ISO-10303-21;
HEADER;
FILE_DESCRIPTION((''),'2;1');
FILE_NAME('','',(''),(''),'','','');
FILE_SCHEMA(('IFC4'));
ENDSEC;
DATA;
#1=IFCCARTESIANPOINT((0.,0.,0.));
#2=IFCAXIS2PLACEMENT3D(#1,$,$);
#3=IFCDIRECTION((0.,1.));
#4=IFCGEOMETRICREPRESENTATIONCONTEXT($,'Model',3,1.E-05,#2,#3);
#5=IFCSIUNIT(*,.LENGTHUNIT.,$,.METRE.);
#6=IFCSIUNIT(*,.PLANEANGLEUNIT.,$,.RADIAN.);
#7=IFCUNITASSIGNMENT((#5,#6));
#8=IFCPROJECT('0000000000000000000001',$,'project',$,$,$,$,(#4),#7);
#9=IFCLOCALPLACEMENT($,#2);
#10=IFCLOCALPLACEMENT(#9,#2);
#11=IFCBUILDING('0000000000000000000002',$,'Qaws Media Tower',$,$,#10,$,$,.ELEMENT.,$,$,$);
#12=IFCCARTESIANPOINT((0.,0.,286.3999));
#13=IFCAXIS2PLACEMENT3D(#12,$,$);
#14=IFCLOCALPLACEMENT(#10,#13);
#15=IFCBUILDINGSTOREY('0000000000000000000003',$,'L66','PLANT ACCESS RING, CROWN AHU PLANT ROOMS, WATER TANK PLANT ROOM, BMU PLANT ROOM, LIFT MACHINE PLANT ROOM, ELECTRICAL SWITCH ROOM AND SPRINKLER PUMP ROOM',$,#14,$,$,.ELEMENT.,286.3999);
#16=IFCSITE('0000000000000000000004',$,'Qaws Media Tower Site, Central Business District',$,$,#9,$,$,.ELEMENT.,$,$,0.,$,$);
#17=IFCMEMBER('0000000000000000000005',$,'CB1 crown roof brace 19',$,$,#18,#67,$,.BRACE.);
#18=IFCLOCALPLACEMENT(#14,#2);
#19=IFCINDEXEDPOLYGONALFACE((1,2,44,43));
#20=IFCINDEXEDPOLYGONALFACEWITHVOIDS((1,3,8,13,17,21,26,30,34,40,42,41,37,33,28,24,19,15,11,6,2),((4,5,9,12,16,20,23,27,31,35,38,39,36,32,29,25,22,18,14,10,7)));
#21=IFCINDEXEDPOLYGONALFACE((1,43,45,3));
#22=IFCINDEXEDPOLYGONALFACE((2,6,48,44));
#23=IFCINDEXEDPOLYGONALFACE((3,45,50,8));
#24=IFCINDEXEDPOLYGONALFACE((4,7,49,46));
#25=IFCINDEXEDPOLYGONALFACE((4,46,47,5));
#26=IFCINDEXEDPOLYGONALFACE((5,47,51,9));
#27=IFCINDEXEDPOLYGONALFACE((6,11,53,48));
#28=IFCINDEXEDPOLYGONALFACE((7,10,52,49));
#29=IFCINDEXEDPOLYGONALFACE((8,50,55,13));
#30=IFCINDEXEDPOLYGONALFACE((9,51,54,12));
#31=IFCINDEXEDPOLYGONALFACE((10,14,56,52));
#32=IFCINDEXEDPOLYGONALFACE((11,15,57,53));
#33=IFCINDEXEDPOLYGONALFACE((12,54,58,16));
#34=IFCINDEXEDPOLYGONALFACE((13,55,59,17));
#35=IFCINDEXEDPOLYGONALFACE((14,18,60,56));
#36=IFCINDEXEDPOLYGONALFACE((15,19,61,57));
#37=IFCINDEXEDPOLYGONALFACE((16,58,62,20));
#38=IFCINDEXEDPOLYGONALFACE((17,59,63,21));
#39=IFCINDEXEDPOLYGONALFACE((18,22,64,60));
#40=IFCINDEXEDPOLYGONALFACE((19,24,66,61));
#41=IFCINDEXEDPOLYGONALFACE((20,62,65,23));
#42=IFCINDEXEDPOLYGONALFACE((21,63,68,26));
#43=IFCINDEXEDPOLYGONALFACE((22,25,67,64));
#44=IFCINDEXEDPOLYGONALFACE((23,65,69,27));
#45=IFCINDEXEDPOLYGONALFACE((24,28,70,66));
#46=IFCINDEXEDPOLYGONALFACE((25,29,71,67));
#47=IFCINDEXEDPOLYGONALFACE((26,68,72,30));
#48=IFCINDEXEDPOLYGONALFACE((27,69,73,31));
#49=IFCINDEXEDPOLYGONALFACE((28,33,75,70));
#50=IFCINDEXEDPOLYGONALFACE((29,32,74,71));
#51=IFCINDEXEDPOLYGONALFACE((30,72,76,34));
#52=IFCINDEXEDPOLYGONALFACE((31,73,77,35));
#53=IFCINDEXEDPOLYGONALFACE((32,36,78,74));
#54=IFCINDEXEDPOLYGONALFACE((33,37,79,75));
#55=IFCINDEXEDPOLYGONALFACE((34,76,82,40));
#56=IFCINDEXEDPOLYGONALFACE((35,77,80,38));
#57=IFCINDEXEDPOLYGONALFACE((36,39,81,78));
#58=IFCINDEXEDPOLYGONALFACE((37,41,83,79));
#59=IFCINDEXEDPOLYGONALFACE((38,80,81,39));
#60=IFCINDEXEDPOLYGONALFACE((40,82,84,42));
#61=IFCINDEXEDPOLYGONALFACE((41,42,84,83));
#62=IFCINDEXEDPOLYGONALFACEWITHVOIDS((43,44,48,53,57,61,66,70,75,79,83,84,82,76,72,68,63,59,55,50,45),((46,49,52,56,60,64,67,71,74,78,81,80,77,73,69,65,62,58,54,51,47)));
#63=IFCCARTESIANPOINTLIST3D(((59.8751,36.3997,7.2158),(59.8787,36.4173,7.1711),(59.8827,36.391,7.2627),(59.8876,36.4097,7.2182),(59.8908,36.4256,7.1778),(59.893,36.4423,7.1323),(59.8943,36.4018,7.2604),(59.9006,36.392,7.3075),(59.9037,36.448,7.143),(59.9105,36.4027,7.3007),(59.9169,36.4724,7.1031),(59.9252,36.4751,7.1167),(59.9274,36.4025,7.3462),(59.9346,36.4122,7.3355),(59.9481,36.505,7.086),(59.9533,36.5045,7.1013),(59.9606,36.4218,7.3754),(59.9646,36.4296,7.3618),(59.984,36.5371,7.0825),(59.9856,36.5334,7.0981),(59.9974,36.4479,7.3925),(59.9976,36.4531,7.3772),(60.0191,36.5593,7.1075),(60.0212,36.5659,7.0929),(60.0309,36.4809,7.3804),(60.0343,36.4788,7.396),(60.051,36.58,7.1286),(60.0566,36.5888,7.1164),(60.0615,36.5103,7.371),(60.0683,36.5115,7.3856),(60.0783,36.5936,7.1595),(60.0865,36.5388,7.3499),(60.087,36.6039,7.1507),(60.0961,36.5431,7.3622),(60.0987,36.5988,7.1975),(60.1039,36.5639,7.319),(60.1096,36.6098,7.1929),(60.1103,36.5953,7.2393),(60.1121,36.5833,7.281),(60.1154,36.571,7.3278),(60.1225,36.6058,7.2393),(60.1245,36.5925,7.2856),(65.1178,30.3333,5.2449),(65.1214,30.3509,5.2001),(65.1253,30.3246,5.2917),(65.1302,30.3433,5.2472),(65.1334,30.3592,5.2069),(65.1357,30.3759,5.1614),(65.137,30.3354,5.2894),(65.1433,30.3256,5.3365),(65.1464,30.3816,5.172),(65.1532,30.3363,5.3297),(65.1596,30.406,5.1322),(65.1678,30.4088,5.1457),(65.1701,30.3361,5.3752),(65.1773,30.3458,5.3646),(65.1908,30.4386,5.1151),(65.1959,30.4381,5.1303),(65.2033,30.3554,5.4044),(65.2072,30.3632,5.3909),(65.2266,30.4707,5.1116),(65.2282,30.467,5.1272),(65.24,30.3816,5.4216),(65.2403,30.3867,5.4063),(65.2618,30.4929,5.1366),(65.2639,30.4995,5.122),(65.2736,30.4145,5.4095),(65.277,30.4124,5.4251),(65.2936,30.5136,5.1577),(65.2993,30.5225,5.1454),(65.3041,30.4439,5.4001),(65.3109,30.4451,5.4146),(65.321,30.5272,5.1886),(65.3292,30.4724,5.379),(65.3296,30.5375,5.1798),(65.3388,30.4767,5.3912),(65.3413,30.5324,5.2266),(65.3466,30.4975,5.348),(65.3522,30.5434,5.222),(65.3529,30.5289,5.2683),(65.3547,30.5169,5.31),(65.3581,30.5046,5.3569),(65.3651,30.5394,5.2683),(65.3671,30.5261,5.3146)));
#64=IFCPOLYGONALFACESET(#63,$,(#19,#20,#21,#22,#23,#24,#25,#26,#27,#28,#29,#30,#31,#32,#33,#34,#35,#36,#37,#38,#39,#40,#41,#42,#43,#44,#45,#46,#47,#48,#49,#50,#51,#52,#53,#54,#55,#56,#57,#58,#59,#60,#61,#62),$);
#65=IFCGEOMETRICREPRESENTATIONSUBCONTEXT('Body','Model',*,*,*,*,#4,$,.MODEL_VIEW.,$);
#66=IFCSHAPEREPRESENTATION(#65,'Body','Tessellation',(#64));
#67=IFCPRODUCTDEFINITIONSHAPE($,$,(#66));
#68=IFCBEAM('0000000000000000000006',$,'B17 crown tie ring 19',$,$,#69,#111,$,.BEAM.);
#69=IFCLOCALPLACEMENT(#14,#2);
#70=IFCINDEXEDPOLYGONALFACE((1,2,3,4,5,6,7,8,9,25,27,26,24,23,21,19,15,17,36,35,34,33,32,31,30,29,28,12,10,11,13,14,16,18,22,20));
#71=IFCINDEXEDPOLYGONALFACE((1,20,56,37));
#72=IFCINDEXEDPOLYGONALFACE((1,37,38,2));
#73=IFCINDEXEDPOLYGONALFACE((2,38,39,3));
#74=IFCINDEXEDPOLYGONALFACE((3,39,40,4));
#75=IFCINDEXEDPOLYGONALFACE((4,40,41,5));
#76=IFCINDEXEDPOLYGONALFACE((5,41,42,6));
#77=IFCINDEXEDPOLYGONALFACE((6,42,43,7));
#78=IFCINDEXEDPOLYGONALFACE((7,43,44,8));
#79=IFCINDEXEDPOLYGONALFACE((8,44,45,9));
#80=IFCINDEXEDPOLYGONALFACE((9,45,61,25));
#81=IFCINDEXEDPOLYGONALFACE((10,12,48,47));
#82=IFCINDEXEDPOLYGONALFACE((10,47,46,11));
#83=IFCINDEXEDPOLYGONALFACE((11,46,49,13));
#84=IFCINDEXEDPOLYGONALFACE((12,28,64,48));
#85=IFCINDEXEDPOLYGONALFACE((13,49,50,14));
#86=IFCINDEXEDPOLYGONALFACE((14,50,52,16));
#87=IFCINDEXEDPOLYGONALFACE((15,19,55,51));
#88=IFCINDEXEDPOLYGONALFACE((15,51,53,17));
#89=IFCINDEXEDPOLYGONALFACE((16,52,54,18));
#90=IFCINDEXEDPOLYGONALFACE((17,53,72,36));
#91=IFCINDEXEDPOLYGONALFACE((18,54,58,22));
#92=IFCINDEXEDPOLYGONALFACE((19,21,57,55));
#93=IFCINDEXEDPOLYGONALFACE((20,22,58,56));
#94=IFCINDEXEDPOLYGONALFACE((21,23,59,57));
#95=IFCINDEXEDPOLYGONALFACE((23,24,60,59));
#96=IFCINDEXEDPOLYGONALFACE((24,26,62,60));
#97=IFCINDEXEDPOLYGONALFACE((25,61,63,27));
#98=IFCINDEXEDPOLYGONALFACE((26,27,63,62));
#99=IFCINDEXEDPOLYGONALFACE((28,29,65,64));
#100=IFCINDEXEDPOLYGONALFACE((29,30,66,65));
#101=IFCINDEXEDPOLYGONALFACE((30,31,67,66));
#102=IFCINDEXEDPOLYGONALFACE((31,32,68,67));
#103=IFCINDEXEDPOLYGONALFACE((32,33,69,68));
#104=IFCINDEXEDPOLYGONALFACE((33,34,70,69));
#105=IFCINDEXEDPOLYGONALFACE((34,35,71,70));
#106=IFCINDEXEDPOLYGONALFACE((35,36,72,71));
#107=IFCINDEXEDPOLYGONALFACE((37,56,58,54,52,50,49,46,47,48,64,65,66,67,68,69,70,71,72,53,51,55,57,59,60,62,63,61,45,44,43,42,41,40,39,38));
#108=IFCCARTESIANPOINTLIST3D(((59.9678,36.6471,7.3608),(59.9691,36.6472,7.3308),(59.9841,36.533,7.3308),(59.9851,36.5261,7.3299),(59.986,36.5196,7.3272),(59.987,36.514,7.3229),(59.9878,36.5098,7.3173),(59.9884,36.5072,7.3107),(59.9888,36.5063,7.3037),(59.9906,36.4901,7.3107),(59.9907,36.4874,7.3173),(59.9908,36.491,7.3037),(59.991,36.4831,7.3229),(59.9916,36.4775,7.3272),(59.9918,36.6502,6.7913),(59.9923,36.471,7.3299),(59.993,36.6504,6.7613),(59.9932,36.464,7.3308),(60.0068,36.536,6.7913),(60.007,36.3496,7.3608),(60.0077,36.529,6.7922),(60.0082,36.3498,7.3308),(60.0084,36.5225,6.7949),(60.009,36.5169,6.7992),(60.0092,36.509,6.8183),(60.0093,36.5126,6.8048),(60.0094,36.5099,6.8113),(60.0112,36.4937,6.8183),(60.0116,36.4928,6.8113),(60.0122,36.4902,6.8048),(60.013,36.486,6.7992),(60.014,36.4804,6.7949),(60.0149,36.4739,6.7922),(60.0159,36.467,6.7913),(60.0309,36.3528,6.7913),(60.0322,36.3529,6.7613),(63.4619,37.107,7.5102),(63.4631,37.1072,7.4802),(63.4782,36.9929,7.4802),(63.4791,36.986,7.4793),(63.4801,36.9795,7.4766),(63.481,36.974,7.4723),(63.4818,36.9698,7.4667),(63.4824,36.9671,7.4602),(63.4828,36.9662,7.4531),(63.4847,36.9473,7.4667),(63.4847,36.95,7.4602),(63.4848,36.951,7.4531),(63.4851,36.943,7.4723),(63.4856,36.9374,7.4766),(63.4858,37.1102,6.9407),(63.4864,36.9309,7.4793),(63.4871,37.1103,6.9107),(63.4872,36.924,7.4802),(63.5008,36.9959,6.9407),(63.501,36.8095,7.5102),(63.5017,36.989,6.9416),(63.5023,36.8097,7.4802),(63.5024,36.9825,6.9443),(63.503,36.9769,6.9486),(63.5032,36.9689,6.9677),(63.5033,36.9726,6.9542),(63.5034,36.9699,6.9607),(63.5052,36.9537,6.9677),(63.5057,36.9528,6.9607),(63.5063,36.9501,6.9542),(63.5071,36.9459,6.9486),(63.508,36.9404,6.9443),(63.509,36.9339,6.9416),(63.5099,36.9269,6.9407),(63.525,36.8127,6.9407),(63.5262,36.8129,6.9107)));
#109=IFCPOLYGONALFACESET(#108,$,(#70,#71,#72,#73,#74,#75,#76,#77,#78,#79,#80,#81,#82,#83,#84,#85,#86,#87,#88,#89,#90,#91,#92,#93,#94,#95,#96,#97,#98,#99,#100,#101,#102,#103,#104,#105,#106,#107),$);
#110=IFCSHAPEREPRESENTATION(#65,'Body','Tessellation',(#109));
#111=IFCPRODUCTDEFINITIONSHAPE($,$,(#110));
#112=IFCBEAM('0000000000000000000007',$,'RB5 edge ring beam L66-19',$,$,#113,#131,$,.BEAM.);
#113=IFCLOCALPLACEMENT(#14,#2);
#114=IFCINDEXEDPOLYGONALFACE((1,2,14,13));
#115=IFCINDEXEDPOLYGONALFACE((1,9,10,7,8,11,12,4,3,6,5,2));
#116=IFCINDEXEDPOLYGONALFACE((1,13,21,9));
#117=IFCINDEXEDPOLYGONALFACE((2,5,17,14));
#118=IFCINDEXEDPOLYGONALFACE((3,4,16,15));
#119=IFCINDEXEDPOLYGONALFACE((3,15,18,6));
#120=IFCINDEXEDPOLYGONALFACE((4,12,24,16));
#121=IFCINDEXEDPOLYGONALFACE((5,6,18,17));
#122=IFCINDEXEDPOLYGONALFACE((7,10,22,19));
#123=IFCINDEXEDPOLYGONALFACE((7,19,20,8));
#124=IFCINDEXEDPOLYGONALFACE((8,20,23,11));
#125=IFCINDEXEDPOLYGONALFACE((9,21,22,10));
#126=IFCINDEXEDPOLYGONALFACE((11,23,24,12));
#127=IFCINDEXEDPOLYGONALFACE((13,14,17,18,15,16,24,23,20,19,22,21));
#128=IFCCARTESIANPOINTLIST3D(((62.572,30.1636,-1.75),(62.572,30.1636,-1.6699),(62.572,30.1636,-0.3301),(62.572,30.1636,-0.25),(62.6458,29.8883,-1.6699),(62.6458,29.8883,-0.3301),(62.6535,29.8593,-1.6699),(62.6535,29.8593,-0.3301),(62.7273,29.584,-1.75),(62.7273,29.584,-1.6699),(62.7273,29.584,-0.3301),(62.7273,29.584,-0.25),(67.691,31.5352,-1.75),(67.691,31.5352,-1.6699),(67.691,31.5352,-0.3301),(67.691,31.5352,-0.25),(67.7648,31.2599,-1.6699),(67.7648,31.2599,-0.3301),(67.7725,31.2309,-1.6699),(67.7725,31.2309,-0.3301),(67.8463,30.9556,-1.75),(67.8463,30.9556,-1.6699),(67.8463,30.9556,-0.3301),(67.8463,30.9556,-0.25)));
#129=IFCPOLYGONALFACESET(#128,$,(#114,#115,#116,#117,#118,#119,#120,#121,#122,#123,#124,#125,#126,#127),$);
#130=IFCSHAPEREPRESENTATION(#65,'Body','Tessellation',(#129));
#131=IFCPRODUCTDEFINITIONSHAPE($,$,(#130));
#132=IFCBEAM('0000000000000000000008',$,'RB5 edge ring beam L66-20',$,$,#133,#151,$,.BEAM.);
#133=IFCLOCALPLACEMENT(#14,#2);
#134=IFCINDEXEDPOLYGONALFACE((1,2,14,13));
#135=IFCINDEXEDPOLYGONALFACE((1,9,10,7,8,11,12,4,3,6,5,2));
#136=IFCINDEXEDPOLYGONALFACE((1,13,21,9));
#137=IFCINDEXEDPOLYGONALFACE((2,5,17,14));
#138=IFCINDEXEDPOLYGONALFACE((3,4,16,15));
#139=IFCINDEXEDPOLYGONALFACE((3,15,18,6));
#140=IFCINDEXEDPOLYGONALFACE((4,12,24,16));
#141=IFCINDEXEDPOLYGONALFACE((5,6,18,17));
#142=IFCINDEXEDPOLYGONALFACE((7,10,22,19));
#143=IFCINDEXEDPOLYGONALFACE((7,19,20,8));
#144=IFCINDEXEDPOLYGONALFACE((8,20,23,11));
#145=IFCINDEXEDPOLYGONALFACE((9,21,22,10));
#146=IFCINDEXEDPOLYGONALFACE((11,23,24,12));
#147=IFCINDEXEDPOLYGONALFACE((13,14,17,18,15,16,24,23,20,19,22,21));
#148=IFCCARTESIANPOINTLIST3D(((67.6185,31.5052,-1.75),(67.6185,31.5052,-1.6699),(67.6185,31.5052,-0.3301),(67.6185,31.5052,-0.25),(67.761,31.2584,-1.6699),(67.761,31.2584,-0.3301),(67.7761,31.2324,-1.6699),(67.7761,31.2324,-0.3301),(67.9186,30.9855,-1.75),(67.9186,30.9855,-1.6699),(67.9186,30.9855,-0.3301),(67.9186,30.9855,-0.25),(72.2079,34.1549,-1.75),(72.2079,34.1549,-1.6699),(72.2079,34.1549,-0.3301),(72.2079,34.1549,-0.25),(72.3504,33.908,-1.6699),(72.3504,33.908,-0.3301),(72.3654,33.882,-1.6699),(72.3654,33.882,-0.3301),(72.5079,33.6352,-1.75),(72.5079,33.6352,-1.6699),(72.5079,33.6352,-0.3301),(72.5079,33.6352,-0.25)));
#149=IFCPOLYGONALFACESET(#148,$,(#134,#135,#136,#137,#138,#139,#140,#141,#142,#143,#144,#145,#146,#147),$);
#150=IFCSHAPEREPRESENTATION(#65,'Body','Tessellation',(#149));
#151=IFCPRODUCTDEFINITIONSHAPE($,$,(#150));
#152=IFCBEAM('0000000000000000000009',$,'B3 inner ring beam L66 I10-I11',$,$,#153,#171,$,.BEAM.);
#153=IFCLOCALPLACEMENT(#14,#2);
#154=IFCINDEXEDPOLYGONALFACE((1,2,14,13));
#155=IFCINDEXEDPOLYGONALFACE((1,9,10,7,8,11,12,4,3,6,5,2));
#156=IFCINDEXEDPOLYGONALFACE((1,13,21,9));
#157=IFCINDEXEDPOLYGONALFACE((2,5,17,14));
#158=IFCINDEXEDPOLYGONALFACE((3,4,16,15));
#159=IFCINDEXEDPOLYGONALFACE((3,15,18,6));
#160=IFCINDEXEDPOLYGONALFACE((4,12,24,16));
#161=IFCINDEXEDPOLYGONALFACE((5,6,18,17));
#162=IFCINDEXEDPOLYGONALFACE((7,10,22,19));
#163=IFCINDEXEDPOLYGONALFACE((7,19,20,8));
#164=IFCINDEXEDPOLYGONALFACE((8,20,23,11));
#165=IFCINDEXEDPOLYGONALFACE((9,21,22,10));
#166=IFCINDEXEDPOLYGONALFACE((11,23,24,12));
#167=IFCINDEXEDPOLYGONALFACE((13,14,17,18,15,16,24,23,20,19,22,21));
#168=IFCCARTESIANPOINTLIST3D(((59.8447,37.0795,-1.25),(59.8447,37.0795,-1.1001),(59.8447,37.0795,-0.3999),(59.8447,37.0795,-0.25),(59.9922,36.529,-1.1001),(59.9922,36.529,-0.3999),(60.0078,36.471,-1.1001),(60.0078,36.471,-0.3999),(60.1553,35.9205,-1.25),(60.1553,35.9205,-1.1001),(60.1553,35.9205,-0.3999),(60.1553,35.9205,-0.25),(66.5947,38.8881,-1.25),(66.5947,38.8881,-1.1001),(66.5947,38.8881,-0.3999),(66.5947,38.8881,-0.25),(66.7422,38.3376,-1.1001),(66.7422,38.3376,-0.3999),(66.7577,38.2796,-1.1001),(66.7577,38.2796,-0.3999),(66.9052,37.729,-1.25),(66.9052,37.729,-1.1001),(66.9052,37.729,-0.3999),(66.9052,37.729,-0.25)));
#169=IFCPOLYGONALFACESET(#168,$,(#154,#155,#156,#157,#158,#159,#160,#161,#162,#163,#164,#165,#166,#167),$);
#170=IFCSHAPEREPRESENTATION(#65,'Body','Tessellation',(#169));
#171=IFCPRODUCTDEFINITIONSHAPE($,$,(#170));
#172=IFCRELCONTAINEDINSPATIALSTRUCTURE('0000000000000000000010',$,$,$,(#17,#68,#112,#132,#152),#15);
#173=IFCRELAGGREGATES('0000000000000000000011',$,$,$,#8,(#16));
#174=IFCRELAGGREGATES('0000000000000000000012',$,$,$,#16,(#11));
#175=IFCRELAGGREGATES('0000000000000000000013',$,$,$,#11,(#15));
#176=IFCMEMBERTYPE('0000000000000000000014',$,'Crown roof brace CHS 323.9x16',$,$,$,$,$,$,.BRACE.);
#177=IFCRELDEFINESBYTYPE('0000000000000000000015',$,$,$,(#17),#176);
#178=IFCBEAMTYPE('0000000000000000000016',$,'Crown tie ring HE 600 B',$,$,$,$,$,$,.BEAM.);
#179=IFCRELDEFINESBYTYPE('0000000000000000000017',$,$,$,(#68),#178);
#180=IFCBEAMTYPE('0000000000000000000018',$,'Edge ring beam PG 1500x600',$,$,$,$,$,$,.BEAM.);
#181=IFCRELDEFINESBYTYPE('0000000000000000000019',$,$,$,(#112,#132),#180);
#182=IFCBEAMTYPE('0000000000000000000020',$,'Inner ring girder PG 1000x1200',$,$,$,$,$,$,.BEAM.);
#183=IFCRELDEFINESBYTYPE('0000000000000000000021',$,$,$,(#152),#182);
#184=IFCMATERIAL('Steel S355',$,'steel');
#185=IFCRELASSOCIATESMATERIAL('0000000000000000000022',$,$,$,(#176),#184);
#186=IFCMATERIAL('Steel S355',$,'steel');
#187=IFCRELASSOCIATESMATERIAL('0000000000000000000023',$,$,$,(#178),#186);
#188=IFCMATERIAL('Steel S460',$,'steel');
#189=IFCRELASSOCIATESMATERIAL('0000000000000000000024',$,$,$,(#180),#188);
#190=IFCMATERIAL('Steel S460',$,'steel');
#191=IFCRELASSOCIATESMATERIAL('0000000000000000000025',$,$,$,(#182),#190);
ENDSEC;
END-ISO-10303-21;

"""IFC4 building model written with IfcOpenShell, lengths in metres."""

from ifc_helpers import new_model, si_unit, direction, frame, origin, origin_2d, place, context, subcontext, project, spatial, hollow_circle, i_section, extrude, material, material_profile, profile_set, type_object, element, save


model = new_model("IFC4")

# Units and contexts
model_context = context("Model", 3, precision=1e-05, world=origin(), true_north=direction((0.0, 1.0)))
body_context = subcontext(model_context, "Body", "Model", "MODEL_VIEW")
ifc_project = project(units=[si_unit("LENGTHUNIT", "METRE"), si_unit("PLANEANGLEUNIT", "RADIAN")], contexts=[model_context])

# Site, building, storey
site_placement = place(None, origin())
site = spatial("IfcSite", under=ifc_project, at=site_placement, Name="Qaws Media Tower Site, Central Business District", CompositionType="ELEMENT", RefElevation=0.0)
building_placement = place(site_placement, origin())
building = spatial("IfcBuilding", under=site, at=building_placement, Name="Qaws Media Tower", CompositionType="ELEMENT")
storey_placement = place(building_placement, frame((0.0, 0.0, 286.3999)))
storey = spatial("IfcBuildingStorey", under=building, at=storey_placement, Name="L66", Description="PLANT ACCESS RING, CROWN AHU PLANT ROOMS, WATER TANK PLANT ROOM, BMU PLANT ROOM, LIFT MACHINE PLANT ROOM, ELECTRICAL SWITCH ROOM AND SPRINKLER PUMP ROOM", CompositionType="ELEMENT", Elevation=286.3999)

# Member
ifc_material_1 = material(Name="Steel S355", Category="steel")
ifc_material_profile_1 = material_profile(ifc_material_1, hollow_circle(Radius=0.1619, WallThickness=0.0161, at=origin_2d()), Name="CHS 323.9x16")
ifc_profile_set_1 = profile_set([ifc_material_profile_1], Name="Steel S355")
member_type_1 = type_object("IfcMemberType", Name="Crown roof brace CHS 323.9x16", PredefinedType="BRACE", material=ifc_profile_set_1)
for number, where, z_axis, x_axis, name in (
    (1, (60.0, 36.5, 7.2393), (0.634967, -0.734734, -0.238712), (0.756607, 0.65387, 0.0), "CB1 crown roof brace 19"),
):
    element("IfcMember", number, at=place(storey_placement, frame(where, z_axis=z_axis, x_axis=x_axis)), inside=storey, type_object=member_type_1, Name=name, PredefinedType="BRACE", context=body_context, shape_type="SweptSolid", body=[
        extrude(hollow_circle(Radius=0.1619, WallThickness=0.0161, at=origin_2d()), origin(), (0.0, 0.0, 1.0), 8.2566),
    ])

# Beams
ifc_material_2 = material(Name="Steel S355", Category="steel")
ifc_material_profile_2 = material_profile(ifc_material_2, i_section(OverallWidth=0.3, OverallDepth=0.6001, WebThickness=0.0154, FlangeThickness=0.03, FilletRadius=0.0271, at=origin_2d()), Name="HE 600 B")
ifc_profile_set_2 = profile_set([ifc_material_profile_2], Name="Steel S355")
beam_type_1 = type_object("IfcBeamType", Name="Crown tie ring HE 600 B", PredefinedType="BEAM", material=ifc_profile_set_2)
beam_1_placement = place(storey_placement, frame((60.0, 36.5, 7.061), z_axis=(0.990557, 0.130395, 0.042358), x_axis=(-0.130512, 0.991447, 0.0)))
element("IfcBeam", 2, at=beam_1_placement, inside=storey, type_object=beam_type_1, Name="B17 crown tie ring 19", PredefinedType="BEAM", context=body_context, shape_type="SweptSolid", body=[
    extrude(i_section(OverallWidth=0.3, OverallDepth=0.6001, WebThickness=0.0154, FlangeThickness=0.03, FilletRadius=0.0271, at=origin_2d()), origin(), (0.0, 0.0, 1.0), 3.5273),
])
ifc_material_3 = material(Name="Steel S460", Category="steel")
ifc_material_profile_3 = material_profile(ifc_material_3, i_section(OverallWidth=0.6001, OverallDepth=1.5, WebThickness=0.03, FlangeThickness=0.0801, at=origin_2d()), Name="PG 1500x600")
ifc_profile_set_3 = profile_set([ifc_material_profile_3], Name="Steel S460")
beam_type_2 = type_object("IfcBeamType", Name="Edge ring beam PG 1500x600", PredefinedType="BEAM", material=ifc_profile_set_3)
beam_2_placement = place(storey_placement, frame((62.6497, 29.8738, -1.0), z_axis=(0.965927, 0.258815, 0.0), x_axis=(-0.258815, 0.965927, 0.0)))
element("IfcBeam", 3, at=beam_2_placement, inside=storey, type_object=beam_type_2, Name="RB5 edge ring beam L66-19", PredefinedType="BEAM", context=body_context, shape_type="SweptSolid", body=[
    extrude(i_section(OverallWidth=0.6001, OverallDepth=1.5, WebThickness=0.03, FlangeThickness=0.0801, at=origin_2d()), origin(), (0.0, 0.0, 1.0), 5.2996),
])
beam_3_placement = place(storey_placement, frame((67.7686, 31.2454, -1.0), z_axis=(0.866026, 0.499999, 0.0), x_axis=(-0.499999, 0.866026, 0.0)))
element("IfcBeam", 4, at=beam_3_placement, inside=storey, type_object=beam_type_2, Name="RB5 edge ring beam L66-20", PredefinedType="BEAM", context=body_context, shape_type="SweptSolid", body=[
    extrude(i_section(OverallWidth=0.6001, OverallDepth=1.5, WebThickness=0.03, FlangeThickness=0.0801, at=origin_2d()), origin(), (0.0, 0.0, 1.0), 5.2993),
])
ifc_material_4 = material(Name="Steel S460", Category="steel")
ifc_material_profile_4 = material_profile(ifc_material_4, i_section(OverallWidth=1.2, OverallDepth=1.0, WebThickness=0.0601, FlangeThickness=0.1499, at=origin_2d()), Name="PG 1000x1200")
ifc_profile_set_4 = profile_set([ifc_material_profile_4], Name="Steel S460")
beam_type_3 = type_object("IfcBeamType", Name="Inner ring girder PG 1000x1200", PredefinedType="BEAM", material=ifc_profile_set_4)
beam_4_placement = place(storey_placement, frame((60.0, 36.5, -0.75), z_axis=(0.965928, 0.258811, 0.0), x_axis=(-0.258811, 0.965928, 0.0)))
element("IfcBeam", 5, at=beam_4_placement, inside=storey, type_object=beam_type_3, Name="B3 inner ring beam L66 I10-I11", PredefinedType="BEAM", context=body_context, shape_type="SweptSolid", body=[
    extrude(i_section(OverallWidth=1.2, OverallDepth=1.0, WebThickness=0.0601, FlangeThickness=0.1499, at=origin_2d()), origin(), (0.0, 0.0, 1.0), 6.988),
])

save(model, "model.ifc")
